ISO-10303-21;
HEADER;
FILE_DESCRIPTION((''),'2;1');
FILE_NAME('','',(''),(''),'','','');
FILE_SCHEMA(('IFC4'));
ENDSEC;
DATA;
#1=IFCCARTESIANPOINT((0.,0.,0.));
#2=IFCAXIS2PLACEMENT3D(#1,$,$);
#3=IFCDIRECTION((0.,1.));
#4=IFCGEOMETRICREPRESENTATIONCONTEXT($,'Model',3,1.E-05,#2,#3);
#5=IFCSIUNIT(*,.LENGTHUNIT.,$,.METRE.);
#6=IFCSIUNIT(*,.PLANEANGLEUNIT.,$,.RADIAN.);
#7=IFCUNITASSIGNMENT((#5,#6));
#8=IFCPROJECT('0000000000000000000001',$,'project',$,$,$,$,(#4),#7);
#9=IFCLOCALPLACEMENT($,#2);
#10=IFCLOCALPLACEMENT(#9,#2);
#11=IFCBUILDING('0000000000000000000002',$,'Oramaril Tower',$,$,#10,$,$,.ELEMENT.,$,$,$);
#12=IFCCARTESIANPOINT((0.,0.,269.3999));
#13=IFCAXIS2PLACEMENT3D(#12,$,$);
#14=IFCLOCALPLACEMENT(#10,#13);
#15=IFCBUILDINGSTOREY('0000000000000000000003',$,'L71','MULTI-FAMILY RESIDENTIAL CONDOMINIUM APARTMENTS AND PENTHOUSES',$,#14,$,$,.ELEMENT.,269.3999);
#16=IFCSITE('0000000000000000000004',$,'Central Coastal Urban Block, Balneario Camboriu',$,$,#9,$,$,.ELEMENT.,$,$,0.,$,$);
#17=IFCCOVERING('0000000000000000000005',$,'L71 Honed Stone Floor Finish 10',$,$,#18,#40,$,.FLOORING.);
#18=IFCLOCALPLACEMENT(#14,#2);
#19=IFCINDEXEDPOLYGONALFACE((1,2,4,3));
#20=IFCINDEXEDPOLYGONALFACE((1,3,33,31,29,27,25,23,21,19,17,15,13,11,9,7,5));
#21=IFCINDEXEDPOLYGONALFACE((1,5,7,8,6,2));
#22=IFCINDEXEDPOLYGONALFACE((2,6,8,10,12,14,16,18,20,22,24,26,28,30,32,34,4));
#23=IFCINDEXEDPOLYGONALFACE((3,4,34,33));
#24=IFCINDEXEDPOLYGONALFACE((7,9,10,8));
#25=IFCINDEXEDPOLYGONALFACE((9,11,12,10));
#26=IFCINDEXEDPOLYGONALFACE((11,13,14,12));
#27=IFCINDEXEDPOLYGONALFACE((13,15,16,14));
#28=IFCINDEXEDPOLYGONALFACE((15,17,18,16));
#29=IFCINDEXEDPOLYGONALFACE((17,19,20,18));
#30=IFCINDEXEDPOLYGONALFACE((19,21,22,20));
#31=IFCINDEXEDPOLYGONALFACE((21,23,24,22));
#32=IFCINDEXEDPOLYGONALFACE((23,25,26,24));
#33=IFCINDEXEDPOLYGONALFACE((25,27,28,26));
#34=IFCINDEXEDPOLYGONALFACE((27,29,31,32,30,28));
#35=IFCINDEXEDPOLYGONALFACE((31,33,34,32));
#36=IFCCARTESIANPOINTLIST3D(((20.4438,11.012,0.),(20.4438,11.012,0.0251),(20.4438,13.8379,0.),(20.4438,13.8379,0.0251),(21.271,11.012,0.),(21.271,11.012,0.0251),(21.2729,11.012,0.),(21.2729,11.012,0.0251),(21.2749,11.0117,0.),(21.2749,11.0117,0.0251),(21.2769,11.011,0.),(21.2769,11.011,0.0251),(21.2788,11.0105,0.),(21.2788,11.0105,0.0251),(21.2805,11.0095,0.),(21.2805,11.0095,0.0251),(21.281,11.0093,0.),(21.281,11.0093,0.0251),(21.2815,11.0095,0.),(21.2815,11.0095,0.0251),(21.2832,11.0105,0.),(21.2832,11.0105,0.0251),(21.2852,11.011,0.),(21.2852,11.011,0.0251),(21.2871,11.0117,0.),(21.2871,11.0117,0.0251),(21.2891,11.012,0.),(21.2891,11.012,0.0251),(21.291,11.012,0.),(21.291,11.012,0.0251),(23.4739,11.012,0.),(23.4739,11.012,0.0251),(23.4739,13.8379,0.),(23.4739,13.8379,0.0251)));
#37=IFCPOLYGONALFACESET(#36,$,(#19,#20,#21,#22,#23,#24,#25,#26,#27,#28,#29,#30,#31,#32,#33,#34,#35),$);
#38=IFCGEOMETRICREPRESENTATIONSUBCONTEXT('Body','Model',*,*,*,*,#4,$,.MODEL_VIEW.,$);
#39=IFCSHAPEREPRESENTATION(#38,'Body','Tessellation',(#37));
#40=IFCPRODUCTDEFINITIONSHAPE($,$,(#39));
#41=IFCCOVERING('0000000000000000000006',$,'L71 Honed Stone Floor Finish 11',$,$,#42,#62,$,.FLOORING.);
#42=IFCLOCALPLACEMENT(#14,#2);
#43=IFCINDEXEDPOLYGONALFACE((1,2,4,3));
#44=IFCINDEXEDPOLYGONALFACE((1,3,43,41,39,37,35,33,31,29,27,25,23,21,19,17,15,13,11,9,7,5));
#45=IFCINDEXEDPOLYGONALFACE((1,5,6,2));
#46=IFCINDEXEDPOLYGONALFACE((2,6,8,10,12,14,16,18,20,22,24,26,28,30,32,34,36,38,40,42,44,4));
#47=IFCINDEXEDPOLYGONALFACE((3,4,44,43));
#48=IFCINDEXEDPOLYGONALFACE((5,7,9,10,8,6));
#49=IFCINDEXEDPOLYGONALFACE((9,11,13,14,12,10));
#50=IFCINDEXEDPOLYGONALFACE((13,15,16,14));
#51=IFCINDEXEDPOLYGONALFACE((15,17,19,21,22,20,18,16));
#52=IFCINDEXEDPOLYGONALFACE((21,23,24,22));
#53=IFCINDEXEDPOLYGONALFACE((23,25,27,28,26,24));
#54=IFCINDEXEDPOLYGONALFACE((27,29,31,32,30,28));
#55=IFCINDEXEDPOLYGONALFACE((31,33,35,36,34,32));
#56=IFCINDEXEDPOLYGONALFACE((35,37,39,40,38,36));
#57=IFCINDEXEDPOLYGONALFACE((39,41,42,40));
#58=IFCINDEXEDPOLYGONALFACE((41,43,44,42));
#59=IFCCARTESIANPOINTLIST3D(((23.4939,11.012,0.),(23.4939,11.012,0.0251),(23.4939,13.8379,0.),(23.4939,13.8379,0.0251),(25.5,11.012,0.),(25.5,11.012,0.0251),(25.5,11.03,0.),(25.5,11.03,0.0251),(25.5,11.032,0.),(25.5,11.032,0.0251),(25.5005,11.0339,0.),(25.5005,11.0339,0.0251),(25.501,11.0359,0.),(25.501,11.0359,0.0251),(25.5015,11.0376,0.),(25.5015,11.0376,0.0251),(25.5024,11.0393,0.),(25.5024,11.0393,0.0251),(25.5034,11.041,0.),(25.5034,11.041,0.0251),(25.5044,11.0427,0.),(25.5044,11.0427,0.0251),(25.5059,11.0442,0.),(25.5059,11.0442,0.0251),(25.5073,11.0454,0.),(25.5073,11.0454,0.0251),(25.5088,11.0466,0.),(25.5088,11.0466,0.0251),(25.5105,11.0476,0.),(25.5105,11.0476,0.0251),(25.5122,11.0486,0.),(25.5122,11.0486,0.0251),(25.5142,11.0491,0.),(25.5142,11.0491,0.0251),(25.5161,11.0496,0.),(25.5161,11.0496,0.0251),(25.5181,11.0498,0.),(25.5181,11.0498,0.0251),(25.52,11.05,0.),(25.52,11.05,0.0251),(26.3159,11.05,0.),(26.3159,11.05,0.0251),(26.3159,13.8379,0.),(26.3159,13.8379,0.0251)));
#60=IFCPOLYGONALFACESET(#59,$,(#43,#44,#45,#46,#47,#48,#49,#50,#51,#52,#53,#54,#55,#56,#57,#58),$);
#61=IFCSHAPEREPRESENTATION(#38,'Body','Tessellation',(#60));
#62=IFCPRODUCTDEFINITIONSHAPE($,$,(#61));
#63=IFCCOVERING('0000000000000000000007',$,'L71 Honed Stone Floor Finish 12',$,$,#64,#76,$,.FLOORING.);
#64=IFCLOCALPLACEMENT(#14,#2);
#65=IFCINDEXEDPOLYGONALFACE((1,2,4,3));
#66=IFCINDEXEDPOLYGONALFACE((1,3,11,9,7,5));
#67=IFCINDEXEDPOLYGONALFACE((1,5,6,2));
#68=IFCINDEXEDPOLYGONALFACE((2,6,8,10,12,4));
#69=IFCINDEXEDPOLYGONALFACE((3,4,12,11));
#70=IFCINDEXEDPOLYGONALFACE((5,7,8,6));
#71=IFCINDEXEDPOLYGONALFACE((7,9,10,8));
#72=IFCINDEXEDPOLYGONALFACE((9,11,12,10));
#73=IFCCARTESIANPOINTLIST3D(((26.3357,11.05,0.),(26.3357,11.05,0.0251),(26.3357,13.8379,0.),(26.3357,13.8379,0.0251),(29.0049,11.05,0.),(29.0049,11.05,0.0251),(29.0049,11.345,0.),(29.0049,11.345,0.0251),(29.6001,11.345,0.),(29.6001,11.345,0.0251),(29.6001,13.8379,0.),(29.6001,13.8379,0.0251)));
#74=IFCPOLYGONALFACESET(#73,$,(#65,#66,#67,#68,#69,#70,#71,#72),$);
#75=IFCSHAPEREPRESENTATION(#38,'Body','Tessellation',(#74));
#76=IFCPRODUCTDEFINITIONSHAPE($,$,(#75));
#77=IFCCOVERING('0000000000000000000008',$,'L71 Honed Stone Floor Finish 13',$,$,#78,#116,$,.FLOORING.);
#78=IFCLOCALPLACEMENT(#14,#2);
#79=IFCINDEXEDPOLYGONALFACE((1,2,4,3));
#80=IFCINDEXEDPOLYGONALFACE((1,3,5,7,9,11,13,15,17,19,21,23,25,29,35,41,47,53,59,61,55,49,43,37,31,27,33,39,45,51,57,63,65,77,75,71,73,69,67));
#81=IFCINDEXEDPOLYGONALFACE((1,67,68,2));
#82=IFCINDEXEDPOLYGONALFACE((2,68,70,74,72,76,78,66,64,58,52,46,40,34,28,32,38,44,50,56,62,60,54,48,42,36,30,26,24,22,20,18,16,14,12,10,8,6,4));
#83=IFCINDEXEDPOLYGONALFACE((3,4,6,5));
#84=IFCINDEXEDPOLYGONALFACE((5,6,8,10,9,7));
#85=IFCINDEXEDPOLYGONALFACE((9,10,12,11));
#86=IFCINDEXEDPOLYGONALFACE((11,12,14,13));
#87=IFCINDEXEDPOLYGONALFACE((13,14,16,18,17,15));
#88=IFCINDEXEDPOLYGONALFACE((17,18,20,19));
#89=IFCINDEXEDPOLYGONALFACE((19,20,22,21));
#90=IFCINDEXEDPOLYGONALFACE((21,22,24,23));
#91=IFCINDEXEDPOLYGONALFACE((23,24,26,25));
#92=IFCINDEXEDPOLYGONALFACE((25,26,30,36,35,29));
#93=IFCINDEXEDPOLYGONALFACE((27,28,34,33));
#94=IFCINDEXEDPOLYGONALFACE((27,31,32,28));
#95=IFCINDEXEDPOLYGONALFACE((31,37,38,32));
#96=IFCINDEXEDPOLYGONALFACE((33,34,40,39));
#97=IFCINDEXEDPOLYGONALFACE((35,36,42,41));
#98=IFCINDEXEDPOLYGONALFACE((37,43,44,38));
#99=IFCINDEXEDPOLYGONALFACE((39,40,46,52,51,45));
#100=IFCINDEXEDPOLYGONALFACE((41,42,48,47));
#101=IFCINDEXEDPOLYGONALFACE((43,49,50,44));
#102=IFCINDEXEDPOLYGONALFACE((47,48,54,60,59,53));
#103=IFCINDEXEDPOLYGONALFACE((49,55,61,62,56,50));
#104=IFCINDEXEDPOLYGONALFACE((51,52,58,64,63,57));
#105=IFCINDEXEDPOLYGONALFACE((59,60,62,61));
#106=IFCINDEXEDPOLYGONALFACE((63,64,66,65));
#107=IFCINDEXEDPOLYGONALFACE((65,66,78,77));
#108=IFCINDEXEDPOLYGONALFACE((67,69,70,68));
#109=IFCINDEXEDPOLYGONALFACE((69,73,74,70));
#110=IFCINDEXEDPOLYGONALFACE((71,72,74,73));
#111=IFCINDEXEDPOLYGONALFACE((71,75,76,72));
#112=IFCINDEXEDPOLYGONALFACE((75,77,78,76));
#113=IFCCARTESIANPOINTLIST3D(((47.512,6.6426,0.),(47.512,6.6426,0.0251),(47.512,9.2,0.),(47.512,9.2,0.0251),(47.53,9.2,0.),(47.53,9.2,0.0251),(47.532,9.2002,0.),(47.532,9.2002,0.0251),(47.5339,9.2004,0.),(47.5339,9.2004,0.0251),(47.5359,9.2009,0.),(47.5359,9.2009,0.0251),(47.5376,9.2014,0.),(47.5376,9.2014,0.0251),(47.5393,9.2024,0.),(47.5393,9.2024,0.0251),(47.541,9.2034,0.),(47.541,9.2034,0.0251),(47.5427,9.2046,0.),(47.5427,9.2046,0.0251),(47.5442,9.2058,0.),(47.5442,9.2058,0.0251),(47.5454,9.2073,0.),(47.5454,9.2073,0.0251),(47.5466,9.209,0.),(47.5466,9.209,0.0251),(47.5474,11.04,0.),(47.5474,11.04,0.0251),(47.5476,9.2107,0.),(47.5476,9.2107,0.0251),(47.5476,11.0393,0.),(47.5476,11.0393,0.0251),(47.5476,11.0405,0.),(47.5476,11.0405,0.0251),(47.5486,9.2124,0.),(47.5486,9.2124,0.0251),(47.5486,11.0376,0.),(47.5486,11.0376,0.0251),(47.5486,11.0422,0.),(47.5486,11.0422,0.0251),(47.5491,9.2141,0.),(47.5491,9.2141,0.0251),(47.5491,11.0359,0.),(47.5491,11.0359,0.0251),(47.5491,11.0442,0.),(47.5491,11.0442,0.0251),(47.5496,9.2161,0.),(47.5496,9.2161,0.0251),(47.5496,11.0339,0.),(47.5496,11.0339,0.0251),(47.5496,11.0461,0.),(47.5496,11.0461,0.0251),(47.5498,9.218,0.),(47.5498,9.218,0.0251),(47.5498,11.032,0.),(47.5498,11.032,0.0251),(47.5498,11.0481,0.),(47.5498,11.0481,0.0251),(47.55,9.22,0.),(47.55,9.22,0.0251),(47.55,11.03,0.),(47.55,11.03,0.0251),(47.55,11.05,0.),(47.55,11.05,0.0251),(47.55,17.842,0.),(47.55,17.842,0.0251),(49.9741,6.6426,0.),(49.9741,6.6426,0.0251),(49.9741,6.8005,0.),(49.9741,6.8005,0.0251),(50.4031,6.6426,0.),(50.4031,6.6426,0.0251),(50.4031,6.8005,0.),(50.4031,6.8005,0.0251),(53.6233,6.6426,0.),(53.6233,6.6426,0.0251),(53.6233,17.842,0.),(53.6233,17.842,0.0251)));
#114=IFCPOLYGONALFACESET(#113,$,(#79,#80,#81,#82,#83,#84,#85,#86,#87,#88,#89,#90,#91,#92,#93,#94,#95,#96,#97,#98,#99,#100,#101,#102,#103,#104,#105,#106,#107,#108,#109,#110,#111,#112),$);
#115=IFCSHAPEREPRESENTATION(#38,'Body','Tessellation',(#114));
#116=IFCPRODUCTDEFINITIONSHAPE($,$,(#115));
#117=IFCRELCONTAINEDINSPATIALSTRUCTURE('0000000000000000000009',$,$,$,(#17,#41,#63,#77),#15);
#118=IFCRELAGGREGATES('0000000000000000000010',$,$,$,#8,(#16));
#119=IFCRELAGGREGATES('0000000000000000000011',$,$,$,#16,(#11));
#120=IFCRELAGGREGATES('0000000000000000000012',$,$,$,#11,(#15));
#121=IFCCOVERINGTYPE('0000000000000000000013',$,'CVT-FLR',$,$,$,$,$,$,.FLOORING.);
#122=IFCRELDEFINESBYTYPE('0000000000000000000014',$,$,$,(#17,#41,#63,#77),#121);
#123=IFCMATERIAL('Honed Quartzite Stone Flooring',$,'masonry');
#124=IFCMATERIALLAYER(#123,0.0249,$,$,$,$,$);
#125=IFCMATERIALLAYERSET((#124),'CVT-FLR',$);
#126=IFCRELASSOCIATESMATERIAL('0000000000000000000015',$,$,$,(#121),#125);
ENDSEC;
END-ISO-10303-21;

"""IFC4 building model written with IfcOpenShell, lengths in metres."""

from ifc_helpers import new_model, si_unit, direction, frame, origin, place, context, subcontext, project, spatial, polyline, outline, extrude, material, layer, layer_set, type_object, element, save


model = new_model("IFC4")

# Units and contexts
model_context = context("Model", 3, precision=1e-05, world=origin(), true_north=direction((0.0, 1.0)))
body_context = subcontext(model_context, "Body", "Model", "MODEL_VIEW")
ifc_project = project(units=[si_unit("LENGTHUNIT", "METRE"), si_unit("PLANEANGLEUNIT", "RADIAN")], contexts=[model_context])

# Site, building, storey
site_placement = place(None, origin())
site = spatial("IfcSite", under=ifc_project, at=site_placement, Name="Central Coastal Urban Block, Balneario Camboriu", CompositionType="ELEMENT", RefElevation=0.0)
building_placement = place(site_placement, origin())
building = spatial("IfcBuilding", under=site, at=building_placement, Name="Oramaril Tower", CompositionType="ELEMENT")
storey_placement = place(building_placement, frame((0.0, 0.0, 269.3999)))
storey = spatial("IfcBuildingStorey", under=building, at=storey_placement, Name="L71", Description="MULTI-FAMILY RESIDENTIAL CONDOMINIUM APARTMENTS AND PENTHOUSES", CompositionType="ELEMENT", Elevation=269.3999)

# Coverings
ifc_material_1 = material(Name="Honed Quartzite Stone Flooring", Category="masonry")
ifc_layer_1 = layer(ifc_material_1, 0.0249)
ifc_layer_set_1 = layer_set([ifc_layer_1], Name="CVT-FLR")
covering_type_1 = type_object("IfcCoveringType", Name="CVT-FLR", PredefinedType="FLOORING", material=ifc_layer_set_1)
covering_1_placement = place(storey_placement, origin())
element("IfcCovering", 1, at=covering_1_placement, inside=storey, type_object=covering_type_1, Name="L71 Honed Stone Floor Finish 10", PredefinedType="FLOORING", context=body_context, shape_type="SweptSolid", body=[
    extrude(outline(polyline([(23.4739, 11.012), (21.291, 11.012), (21.2891, 11.012), (21.2871, 11.0117), (21.2852, 11.011), (21.2832, 11.0105), (21.2815, 11.0095), (21.281, 11.0093), (21.2805, 11.0095), (21.2788, 11.0105), (21.2769, 11.011), (21.2749, 11.0117), (21.2729, 11.012), (21.271, 11.012), (20.4438, 11.012), (20.4438, 13.8379), (23.4739, 13.8379), (23.4739, 11.012)])), origin(), (0.0, 0.0, 1.0), 0.0251),
])
covering_2_placement = place(storey_placement, origin())
element("IfcCovering", 2, at=covering_2_placement, inside=storey, type_object=covering_type_1, Name="L71 Honed Stone Floor Finish 11", PredefinedType="FLOORING", context=body_context, shape_type="SweptSolid", body=[
    extrude(outline(polyline([(26.3159, 11.05), (25.52, 11.05), (25.5181, 11.0498), (25.5161, 11.0496), (25.5142, 11.0491), (25.5122, 11.0486), (25.5105, 11.0476), (25.5088, 11.0466), (25.5073, 11.0454), (25.5059, 11.0442), (25.5044, 11.0427), (25.5034, 11.041), (25.5024, 11.0393), (25.5015, 11.0376), (25.501, 11.0359), (25.5005, 11.0339), (25.5, 11.032), (25.5, 11.03), (25.5, 11.012), (23.4939, 11.012), (23.4939, 13.8379), (26.3159, 13.8379), (26.3159, 11.05)])), origin(), (0.0, 0.0, 1.0), 0.0251),
])
covering_3_placement = place(storey_placement, origin())
element("IfcCovering", 3, at=covering_3_placement, inside=storey, type_object=covering_type_1, Name="L71 Honed Stone Floor Finish 12", PredefinedType="FLOORING", context=body_context, shape_type="SweptSolid", body=[
    extrude(outline(polyline([(29.6001, 11.345), (29.0049, 11.345), (29.0049, 11.05), (26.3357, 11.05), (26.3357, 13.8379), (29.6001, 13.8379), (29.6001, 11.345)])), origin(), (0.0, 0.0, 1.0), 0.0251),
])
covering_4_placement = place(storey_placement, origin())
element("IfcCovering", 4, at=covering_4_placement, inside=storey, type_object=covering_type_1, Name="L71 Honed Stone Floor Finish 13", PredefinedType="FLOORING", context=body_context, shape_type="SweptSolid", body=[
    extrude(outline(polyline([(53.6233, 17.842), (53.6233, 6.6426), (50.4031, 6.6426), (50.4031, 6.8005), (49.9741, 6.8005), (49.9741, 6.6426), (47.512, 6.6426), (47.512, 9.2), (47.53, 9.2), (47.532, 9.2002), (47.5339, 9.2004), (47.5359, 9.2009), (47.5376, 9.2014), (47.5393, 9.2024), (47.541, 9.2034), (47.5427, 9.2046), (47.5442, 9.2058), (47.5454, 9.2073), (47.5466, 9.209), (47.5476, 9.2107), (47.5486, 9.2124), (47.5491, 9.2141), (47.5496, 9.2161), (47.5498, 9.218), (47.55, 9.22), (47.55, 11.03), (47.5498, 11.032), (47.5496, 11.0339), (47.5491, 11.0359), (47.5486, 11.0376), (47.5476, 11.0393), (47.5474, 11.04), (47.5476, 11.0405), (47.5486, 11.0422), (47.5491, 11.0442), (47.5496, 11.0461), (47.5498, 11.0481), (47.55, 11.05), (47.55, 17.842), (53.6233, 17.842)])), origin(), (0.0, 0.0, 1.0), 0.0251),
])

save(model, "model.ifc")
